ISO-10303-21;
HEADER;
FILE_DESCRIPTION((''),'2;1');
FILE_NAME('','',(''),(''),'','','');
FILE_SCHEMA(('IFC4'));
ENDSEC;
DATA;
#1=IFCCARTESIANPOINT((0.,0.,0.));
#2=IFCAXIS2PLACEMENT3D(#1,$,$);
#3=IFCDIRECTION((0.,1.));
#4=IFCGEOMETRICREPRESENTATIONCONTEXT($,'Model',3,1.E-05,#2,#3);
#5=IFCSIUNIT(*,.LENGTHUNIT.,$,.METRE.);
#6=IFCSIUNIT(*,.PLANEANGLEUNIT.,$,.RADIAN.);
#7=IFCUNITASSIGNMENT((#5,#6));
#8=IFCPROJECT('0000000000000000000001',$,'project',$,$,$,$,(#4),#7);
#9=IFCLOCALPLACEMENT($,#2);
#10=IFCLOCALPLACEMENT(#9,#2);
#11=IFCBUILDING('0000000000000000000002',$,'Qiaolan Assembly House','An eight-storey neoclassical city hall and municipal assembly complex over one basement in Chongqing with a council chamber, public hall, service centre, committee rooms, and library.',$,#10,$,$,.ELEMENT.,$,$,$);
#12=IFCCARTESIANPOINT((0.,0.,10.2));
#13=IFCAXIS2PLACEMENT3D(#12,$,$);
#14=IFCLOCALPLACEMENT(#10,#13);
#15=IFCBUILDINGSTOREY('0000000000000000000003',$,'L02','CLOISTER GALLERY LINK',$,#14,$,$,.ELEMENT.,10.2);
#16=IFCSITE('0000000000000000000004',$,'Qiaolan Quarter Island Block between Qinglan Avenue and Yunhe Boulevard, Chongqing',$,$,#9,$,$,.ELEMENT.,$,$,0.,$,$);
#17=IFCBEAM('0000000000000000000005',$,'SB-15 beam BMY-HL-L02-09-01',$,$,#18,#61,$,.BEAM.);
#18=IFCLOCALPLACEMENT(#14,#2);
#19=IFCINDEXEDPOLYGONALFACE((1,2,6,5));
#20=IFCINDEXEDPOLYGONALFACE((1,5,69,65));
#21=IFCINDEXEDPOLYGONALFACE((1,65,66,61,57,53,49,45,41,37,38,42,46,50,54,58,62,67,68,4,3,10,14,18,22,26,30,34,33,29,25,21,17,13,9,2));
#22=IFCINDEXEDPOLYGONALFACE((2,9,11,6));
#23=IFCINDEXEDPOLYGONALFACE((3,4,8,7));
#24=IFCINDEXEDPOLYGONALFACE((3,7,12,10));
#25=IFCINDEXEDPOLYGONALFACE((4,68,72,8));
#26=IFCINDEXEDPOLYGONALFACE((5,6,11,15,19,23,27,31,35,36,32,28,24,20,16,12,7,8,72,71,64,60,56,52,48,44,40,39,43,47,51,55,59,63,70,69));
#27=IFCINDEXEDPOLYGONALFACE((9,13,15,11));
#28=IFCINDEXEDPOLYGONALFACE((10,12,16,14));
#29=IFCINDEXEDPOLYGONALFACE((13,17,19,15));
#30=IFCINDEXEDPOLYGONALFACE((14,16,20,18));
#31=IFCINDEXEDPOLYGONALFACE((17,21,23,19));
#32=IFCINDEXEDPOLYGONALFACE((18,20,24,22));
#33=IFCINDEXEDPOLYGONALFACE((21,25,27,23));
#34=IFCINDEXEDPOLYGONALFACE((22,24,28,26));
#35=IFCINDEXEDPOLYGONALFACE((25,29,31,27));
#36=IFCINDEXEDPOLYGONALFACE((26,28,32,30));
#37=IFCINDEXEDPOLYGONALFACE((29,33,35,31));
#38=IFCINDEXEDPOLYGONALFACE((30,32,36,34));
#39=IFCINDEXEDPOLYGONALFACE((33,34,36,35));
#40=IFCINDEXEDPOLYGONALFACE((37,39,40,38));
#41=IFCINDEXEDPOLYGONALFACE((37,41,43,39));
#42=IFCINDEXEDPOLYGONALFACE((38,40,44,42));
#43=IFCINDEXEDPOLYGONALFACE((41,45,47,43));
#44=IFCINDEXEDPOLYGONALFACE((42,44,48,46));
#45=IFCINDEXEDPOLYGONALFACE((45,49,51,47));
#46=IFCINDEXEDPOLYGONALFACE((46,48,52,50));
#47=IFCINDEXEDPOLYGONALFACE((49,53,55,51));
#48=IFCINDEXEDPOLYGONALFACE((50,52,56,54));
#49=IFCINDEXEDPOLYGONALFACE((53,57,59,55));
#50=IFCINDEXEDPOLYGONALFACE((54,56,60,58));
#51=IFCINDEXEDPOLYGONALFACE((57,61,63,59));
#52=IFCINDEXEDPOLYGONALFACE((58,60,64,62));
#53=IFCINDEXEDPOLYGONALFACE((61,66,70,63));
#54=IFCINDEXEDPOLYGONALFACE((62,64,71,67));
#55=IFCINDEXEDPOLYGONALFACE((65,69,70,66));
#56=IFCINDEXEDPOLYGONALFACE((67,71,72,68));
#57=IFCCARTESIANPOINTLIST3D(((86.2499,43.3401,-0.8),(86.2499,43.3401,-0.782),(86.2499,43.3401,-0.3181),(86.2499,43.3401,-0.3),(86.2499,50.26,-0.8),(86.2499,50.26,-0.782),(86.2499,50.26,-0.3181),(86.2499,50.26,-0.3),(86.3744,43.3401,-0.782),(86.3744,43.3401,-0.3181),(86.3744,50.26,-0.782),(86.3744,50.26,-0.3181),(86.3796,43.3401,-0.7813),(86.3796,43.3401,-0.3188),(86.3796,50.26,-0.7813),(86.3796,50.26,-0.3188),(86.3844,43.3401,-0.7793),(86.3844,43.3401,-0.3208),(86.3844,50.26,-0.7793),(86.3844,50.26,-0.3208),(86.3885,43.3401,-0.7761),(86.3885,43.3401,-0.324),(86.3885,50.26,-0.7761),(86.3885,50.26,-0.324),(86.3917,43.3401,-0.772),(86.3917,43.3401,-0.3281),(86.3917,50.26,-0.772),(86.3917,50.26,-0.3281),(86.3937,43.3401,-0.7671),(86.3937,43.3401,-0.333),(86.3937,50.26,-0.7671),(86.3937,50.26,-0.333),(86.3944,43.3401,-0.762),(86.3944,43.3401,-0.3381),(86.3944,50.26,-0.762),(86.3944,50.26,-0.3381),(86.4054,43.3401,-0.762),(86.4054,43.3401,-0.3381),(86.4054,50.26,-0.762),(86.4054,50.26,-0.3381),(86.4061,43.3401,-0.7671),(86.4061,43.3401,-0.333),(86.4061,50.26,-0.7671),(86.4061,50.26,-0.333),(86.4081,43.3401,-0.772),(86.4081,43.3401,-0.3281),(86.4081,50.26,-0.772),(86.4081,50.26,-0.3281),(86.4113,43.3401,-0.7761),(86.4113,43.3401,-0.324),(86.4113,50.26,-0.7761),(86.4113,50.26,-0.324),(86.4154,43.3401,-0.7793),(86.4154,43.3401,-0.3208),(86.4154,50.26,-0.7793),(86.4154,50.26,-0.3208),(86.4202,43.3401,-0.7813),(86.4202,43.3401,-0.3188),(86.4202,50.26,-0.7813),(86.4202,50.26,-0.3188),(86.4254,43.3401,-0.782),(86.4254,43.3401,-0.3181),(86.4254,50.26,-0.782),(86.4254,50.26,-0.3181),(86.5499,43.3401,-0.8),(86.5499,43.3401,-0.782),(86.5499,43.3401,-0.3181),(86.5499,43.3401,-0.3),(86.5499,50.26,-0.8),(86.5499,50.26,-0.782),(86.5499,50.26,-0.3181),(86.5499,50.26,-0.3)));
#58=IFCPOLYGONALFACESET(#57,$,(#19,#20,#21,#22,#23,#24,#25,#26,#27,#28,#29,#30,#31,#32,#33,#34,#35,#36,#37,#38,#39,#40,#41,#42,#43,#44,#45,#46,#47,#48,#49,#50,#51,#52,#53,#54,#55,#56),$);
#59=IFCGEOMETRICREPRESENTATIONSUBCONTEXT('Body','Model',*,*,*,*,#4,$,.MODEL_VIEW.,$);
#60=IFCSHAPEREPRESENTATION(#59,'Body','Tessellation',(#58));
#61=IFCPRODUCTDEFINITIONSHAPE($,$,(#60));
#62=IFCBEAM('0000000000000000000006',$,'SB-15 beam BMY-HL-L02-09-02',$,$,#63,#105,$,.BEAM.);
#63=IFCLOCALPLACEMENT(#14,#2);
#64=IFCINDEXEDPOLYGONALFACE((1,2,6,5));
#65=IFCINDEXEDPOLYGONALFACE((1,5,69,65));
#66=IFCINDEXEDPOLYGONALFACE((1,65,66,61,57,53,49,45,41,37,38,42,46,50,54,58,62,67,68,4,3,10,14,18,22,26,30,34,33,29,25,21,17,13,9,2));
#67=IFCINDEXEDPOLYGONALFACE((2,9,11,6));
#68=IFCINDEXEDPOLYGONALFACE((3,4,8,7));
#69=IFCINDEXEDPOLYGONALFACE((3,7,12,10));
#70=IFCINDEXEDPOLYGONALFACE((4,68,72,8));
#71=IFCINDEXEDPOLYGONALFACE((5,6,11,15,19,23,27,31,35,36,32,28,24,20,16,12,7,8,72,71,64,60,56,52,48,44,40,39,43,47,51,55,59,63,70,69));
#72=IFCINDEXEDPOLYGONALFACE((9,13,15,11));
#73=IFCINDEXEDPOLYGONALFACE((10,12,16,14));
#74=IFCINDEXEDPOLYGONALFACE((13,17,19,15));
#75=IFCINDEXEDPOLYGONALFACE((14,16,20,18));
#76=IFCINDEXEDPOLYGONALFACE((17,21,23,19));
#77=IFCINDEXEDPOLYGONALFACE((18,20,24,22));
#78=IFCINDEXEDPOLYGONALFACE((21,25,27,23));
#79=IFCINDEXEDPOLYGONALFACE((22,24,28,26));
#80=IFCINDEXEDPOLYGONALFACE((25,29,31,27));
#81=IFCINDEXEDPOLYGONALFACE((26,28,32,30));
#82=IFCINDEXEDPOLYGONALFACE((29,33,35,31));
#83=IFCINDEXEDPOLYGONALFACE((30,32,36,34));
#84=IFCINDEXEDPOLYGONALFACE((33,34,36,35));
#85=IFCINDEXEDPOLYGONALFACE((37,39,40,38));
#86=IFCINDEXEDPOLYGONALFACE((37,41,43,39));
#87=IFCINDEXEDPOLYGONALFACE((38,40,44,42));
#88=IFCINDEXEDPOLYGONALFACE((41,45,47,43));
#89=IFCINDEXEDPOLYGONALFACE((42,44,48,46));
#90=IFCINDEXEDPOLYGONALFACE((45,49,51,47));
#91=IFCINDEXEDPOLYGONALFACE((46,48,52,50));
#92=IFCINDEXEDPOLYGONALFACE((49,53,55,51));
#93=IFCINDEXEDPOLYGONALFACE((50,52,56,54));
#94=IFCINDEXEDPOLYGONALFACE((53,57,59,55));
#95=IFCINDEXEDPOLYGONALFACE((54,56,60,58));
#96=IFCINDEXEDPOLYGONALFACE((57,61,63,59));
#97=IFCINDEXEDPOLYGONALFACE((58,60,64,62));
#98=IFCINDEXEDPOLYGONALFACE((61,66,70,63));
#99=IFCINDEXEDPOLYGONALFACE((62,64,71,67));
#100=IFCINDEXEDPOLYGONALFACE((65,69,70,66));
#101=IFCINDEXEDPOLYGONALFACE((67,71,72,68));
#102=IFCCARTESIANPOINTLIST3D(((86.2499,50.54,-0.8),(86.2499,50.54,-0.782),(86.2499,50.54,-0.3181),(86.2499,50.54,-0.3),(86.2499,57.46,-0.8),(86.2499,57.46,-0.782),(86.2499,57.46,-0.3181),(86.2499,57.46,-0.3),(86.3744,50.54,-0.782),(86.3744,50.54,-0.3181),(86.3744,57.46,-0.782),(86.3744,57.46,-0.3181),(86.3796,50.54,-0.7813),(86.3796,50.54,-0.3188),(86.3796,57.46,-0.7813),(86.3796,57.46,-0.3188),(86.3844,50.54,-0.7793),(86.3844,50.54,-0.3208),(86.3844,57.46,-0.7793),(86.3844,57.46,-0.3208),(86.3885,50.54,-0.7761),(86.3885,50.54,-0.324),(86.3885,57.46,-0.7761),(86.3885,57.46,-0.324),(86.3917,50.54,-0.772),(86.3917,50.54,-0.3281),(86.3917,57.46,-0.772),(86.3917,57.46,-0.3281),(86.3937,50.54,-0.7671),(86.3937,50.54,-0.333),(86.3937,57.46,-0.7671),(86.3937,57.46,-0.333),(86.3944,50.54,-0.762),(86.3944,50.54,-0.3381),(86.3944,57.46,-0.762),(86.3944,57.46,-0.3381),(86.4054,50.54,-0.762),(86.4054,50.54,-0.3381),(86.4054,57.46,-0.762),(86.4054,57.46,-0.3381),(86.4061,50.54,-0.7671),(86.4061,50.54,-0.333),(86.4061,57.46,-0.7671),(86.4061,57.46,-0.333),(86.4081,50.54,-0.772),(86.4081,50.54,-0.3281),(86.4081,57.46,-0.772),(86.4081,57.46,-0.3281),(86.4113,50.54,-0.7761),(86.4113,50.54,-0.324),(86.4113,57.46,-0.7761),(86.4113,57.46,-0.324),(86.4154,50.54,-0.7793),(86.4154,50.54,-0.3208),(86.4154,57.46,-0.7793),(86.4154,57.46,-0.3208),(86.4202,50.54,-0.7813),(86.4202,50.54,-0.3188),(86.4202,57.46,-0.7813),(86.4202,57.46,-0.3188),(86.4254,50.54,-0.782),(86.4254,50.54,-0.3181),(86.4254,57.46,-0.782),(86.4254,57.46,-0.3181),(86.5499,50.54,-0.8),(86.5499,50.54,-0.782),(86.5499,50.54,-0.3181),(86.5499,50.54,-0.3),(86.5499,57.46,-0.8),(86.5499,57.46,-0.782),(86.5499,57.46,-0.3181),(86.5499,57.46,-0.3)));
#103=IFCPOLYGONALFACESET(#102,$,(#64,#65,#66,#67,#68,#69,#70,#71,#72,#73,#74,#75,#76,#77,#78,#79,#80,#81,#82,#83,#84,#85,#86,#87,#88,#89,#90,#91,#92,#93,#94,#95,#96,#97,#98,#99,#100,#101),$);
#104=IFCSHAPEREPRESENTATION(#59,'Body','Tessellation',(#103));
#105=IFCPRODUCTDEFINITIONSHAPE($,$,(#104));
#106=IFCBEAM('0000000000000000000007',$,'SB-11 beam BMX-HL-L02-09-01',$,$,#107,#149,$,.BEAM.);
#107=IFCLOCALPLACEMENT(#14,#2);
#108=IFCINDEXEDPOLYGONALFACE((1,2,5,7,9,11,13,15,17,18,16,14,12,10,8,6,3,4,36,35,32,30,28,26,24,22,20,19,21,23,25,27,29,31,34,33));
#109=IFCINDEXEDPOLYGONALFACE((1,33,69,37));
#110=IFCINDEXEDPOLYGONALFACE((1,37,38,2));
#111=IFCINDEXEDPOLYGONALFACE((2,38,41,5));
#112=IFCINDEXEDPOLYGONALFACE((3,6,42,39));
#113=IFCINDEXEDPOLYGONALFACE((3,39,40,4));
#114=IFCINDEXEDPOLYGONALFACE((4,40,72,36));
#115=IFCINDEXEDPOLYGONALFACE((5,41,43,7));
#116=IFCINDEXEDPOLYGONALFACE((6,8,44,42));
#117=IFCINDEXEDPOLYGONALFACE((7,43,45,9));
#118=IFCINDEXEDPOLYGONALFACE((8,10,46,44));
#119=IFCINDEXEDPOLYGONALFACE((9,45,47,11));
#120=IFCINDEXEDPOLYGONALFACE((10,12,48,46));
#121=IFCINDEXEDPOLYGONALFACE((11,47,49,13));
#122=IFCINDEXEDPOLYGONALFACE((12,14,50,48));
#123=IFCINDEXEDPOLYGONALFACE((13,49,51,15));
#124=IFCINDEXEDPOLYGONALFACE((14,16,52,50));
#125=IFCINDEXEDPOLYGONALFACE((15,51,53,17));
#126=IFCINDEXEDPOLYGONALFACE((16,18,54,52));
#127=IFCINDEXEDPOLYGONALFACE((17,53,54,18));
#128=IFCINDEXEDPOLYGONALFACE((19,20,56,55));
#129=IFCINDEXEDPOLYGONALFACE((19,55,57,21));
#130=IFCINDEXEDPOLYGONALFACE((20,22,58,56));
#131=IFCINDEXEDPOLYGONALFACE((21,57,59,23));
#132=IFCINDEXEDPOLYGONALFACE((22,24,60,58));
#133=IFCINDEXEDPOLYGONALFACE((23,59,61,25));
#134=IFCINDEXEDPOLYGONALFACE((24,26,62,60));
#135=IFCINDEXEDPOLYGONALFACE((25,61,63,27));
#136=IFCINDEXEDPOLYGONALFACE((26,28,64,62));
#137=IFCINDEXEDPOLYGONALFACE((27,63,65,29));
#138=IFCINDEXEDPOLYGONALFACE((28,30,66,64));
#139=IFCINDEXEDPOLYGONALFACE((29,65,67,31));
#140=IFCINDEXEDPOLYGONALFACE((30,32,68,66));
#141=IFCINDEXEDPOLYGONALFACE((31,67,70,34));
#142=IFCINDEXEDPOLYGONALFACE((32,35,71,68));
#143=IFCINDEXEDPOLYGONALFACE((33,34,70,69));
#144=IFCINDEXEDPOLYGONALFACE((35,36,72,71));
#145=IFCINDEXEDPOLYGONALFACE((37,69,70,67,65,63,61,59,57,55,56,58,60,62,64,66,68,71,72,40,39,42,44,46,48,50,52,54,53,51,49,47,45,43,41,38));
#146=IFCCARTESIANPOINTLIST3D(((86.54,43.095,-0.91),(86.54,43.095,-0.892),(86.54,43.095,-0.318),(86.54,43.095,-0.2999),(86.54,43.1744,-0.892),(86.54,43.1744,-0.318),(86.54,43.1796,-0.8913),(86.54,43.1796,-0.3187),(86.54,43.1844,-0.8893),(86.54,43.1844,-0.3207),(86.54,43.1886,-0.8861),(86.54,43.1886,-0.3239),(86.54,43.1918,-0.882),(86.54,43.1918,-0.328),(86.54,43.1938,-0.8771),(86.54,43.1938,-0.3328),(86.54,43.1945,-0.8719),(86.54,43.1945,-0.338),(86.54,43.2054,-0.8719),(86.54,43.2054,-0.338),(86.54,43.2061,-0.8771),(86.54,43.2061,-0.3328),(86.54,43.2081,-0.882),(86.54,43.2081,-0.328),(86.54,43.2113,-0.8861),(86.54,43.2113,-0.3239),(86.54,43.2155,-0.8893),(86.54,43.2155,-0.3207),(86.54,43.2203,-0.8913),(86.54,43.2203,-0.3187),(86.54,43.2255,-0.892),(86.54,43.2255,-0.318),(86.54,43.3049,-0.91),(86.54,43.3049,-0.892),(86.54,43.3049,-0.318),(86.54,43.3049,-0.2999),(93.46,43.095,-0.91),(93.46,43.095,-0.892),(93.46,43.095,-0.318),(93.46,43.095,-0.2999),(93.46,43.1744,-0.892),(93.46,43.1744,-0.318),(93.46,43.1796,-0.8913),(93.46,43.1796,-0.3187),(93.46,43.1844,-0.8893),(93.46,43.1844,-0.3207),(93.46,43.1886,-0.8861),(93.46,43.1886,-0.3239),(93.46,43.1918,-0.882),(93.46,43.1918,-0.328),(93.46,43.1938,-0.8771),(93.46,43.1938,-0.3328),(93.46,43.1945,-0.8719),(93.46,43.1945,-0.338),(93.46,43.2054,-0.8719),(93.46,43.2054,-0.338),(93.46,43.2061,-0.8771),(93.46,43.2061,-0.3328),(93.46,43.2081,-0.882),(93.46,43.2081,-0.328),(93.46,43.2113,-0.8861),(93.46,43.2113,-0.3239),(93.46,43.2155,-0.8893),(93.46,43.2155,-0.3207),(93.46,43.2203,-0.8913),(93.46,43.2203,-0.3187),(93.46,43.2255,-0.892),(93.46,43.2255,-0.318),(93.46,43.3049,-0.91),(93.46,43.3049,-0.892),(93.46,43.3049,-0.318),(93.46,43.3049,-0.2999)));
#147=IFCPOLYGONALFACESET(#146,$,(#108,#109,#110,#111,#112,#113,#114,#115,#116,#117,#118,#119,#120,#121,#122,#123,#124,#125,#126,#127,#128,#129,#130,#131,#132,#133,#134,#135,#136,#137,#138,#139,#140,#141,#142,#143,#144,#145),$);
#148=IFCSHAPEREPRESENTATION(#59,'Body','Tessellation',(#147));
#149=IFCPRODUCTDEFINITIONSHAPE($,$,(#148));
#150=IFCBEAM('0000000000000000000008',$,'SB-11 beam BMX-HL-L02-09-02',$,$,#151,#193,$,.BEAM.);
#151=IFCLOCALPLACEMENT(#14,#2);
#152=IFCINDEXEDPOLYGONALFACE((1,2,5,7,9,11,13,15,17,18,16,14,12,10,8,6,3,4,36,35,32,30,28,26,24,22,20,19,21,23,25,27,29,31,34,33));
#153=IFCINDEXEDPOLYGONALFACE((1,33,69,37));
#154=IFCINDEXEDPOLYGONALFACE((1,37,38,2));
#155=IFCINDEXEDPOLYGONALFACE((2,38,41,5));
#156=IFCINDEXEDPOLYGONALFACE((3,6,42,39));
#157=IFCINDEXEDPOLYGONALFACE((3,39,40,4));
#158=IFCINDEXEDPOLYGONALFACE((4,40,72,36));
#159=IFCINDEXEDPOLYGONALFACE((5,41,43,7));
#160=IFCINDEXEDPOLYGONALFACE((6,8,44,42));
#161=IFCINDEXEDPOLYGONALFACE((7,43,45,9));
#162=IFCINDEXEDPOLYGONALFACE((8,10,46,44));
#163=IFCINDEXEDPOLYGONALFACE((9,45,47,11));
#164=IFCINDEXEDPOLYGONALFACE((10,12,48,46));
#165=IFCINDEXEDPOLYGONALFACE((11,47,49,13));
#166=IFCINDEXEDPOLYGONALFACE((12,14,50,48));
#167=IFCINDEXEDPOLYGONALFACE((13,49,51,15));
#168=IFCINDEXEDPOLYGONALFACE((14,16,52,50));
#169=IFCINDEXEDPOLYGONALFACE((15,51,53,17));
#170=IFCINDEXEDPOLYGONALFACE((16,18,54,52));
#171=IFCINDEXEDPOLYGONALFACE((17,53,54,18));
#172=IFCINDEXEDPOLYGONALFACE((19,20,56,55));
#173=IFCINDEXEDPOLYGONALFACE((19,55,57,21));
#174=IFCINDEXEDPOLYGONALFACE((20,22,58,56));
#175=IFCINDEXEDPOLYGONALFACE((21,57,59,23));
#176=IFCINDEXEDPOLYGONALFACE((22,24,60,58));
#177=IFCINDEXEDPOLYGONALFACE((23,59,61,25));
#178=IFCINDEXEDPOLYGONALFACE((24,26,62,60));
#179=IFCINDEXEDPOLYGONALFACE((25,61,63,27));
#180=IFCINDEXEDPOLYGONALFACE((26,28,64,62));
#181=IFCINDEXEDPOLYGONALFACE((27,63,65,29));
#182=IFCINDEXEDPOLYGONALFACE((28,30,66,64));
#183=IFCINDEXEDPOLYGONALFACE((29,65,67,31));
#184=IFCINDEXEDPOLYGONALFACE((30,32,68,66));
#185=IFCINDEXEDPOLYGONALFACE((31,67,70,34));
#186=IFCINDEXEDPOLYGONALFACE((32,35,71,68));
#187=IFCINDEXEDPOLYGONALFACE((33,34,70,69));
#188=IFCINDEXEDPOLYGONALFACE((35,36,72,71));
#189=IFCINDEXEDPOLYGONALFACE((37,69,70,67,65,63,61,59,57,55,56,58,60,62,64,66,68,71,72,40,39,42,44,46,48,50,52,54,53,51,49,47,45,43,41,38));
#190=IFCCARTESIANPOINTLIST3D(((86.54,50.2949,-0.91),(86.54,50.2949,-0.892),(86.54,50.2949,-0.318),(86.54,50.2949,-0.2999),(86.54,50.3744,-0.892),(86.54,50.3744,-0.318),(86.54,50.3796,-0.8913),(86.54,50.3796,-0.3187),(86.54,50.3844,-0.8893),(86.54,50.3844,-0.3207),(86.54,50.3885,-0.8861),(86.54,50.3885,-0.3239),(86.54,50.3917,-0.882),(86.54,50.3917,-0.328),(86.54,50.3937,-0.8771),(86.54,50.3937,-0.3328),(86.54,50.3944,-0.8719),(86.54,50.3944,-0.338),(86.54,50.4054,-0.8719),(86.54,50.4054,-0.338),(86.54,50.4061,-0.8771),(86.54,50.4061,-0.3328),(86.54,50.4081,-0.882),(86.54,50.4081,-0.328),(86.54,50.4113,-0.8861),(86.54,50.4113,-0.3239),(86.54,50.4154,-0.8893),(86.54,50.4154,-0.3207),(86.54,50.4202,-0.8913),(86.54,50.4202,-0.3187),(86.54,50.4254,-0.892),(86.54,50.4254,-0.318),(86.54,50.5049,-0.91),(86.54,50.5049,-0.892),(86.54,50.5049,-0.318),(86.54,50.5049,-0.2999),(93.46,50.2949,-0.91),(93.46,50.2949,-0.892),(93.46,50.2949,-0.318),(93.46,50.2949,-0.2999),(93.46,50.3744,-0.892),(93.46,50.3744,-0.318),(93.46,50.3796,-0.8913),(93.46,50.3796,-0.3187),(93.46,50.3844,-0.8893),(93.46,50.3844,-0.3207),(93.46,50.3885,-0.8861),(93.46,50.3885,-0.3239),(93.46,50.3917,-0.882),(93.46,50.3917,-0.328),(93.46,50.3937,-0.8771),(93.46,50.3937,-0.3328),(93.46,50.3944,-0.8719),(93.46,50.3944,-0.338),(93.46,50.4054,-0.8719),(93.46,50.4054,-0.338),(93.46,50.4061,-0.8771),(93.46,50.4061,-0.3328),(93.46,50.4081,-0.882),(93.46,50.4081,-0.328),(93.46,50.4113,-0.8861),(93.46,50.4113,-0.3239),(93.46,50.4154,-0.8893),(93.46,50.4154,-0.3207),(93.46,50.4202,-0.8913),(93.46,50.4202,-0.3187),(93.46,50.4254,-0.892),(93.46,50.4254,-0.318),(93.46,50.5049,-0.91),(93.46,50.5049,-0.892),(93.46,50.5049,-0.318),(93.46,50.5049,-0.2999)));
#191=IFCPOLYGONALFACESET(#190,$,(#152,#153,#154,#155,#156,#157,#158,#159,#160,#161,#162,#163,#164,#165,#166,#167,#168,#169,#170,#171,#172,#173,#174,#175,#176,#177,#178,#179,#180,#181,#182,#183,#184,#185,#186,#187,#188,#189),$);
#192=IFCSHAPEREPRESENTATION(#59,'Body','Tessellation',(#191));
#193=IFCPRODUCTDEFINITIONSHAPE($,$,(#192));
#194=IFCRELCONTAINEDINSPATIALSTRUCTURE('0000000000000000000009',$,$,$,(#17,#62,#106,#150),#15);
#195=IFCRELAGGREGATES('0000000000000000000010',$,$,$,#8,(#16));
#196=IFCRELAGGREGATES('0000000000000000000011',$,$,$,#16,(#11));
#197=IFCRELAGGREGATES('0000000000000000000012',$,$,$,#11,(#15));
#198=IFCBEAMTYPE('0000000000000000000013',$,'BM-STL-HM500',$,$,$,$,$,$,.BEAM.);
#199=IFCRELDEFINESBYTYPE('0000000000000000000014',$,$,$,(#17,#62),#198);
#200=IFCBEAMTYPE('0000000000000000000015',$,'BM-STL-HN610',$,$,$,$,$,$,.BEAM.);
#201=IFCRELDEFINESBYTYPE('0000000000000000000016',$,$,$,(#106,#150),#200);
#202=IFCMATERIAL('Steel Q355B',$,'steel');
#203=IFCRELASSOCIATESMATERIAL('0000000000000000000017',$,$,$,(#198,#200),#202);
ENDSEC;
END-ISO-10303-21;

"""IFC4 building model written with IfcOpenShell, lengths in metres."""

from ifc_helpers import new_model, si_unit, direction, frame, origin, origin_2d, place, context, subcontext, project, spatial, i_section, extrude, material, material_profile, profile_set, type_object, element, save


model = new_model("IFC4")

# Units and contexts
model_context = context("Model", 3, precision=1e-05, world=origin(), true_north=direction((0.0, 1.0)))
body_context = subcontext(model_context, "Body", "Model", "MODEL_VIEW")
ifc_project = project(units=[si_unit("LENGTHUNIT", "METRE"), si_unit("PLANEANGLEUNIT", "RADIAN")], contexts=[model_context])

# Site, building, storey
site_placement = place(None, origin())
site = spatial("IfcSite", under=ifc_project, at=site_placement, Name="Qiaolan Quarter Island Block between Qinglan Avenue and Yunhe Boulevard, Chongqing", CompositionType="ELEMENT", RefElevation=0.0)
building_placement = place(site_placement, origin())
building = spatial("IfcBuilding", under=site, at=building_placement, Name="Qiaolan Assembly House", Description="An eight-storey neoclassical city hall and municipal assembly complex over one basement in Chongqing with a council chamber, public hall, service centre, committee rooms, and library.", CompositionType="ELEMENT")
storey_placement = place(building_placement, frame((0.0, 0.0, 10.2)))
storey = spatial("IfcBuildingStorey", under=building, at=storey_placement, Name="L02", Description="CLOISTER GALLERY LINK", CompositionType="ELEMENT", Elevation=10.2)

# Shared definitions
ifc_material_1 = material(Name="Steel Q355B", Category="steel")

# Beams
ifc_material_profile_1 = material_profile(ifc_material_1, i_section(OverallWidth=0.3, OverallDepth=0.5, WebThickness=0.011, FlangeThickness=0.0181, FilletRadius=0.02, at=origin_2d()), Name="HM 500x300x11x18")
ifc_profile_set_1 = profile_set([ifc_material_profile_1], Name="Steel Q355B")
beam_type_1 = type_object("IfcBeamType", Name="BM-STL-HM500", PredefinedType="BEAM", material=ifc_profile_set_1)
for number, where, z_axis, x_axis, name in (
    (1, (86.3999, 43.3401, -0.55), (0.0, 1.0, 0.0), (-1.0, 0.0, 0.0), "SB-15 beam BMY-HL-L02-09-01"),
    (2, (86.3999, 50.54, -0.55), (0.0, 1.0, 0.0), (-1.0, 0.0, 0.0), "SB-15 beam BMY-HL-L02-09-02"),
):
    element("IfcBeam", number, at=place(storey_placement, frame(where, z_axis=z_axis, x_axis=x_axis)), inside=storey, type_object=beam_type_1, Name=name, PredefinedType="BEAM", context=body_context, shape_type="SweptSolid", body=[
        extrude(i_section(OverallWidth=0.3, OverallDepth=0.5, WebThickness=0.011, FlangeThickness=0.0181, FilletRadius=0.02, at=origin_2d()), origin(), (0.0, 0.0, 1.0), 6.9199),
    ])
ifc_material_profile_2 = material_profile(ifc_material_1, i_section(OverallWidth=0.21, OverallDepth=0.6101, WebThickness=0.011, FlangeThickness=0.0181, FilletRadius=0.02, at=origin_2d()), Name="HN 610x210x11x18")
ifc_profile_set_2 = profile_set([ifc_material_profile_2], Name="Steel Q355B")
beam_type_2 = type_object("IfcBeamType", Name="BM-STL-HN610", PredefinedType="BEAM", material=ifc_profile_set_2)
for number, where, z_axis, x_axis, name in (
    (3, (86.54, 43.2, -0.605), (1.0, 0.0, 0.0), (0.0, 1.0, 0.0), "SB-11 beam BMX-HL-L02-09-01"),
    (4, (86.54, 50.3999, -0.605), (1.0, 0.0, 0.0), (0.0, 1.0, 0.0), "SB-11 beam BMX-HL-L02-09-02"),
):
    element("IfcBeam", number, at=place(storey_placement, frame(where, z_axis=z_axis, x_axis=x_axis)), inside=storey, type_object=beam_type_2, Name=name, PredefinedType="BEAM", context=body_context, shape_type="SweptSolid", body=[
        extrude(i_section(OverallWidth=0.21, OverallDepth=0.6101, WebThickness=0.011, FlangeThickness=0.0181, FilletRadius=0.02, at=origin_2d()), origin(), (0.0, 0.0, 1.0), 6.9199),
    ])

save(model, "model.ifc")
